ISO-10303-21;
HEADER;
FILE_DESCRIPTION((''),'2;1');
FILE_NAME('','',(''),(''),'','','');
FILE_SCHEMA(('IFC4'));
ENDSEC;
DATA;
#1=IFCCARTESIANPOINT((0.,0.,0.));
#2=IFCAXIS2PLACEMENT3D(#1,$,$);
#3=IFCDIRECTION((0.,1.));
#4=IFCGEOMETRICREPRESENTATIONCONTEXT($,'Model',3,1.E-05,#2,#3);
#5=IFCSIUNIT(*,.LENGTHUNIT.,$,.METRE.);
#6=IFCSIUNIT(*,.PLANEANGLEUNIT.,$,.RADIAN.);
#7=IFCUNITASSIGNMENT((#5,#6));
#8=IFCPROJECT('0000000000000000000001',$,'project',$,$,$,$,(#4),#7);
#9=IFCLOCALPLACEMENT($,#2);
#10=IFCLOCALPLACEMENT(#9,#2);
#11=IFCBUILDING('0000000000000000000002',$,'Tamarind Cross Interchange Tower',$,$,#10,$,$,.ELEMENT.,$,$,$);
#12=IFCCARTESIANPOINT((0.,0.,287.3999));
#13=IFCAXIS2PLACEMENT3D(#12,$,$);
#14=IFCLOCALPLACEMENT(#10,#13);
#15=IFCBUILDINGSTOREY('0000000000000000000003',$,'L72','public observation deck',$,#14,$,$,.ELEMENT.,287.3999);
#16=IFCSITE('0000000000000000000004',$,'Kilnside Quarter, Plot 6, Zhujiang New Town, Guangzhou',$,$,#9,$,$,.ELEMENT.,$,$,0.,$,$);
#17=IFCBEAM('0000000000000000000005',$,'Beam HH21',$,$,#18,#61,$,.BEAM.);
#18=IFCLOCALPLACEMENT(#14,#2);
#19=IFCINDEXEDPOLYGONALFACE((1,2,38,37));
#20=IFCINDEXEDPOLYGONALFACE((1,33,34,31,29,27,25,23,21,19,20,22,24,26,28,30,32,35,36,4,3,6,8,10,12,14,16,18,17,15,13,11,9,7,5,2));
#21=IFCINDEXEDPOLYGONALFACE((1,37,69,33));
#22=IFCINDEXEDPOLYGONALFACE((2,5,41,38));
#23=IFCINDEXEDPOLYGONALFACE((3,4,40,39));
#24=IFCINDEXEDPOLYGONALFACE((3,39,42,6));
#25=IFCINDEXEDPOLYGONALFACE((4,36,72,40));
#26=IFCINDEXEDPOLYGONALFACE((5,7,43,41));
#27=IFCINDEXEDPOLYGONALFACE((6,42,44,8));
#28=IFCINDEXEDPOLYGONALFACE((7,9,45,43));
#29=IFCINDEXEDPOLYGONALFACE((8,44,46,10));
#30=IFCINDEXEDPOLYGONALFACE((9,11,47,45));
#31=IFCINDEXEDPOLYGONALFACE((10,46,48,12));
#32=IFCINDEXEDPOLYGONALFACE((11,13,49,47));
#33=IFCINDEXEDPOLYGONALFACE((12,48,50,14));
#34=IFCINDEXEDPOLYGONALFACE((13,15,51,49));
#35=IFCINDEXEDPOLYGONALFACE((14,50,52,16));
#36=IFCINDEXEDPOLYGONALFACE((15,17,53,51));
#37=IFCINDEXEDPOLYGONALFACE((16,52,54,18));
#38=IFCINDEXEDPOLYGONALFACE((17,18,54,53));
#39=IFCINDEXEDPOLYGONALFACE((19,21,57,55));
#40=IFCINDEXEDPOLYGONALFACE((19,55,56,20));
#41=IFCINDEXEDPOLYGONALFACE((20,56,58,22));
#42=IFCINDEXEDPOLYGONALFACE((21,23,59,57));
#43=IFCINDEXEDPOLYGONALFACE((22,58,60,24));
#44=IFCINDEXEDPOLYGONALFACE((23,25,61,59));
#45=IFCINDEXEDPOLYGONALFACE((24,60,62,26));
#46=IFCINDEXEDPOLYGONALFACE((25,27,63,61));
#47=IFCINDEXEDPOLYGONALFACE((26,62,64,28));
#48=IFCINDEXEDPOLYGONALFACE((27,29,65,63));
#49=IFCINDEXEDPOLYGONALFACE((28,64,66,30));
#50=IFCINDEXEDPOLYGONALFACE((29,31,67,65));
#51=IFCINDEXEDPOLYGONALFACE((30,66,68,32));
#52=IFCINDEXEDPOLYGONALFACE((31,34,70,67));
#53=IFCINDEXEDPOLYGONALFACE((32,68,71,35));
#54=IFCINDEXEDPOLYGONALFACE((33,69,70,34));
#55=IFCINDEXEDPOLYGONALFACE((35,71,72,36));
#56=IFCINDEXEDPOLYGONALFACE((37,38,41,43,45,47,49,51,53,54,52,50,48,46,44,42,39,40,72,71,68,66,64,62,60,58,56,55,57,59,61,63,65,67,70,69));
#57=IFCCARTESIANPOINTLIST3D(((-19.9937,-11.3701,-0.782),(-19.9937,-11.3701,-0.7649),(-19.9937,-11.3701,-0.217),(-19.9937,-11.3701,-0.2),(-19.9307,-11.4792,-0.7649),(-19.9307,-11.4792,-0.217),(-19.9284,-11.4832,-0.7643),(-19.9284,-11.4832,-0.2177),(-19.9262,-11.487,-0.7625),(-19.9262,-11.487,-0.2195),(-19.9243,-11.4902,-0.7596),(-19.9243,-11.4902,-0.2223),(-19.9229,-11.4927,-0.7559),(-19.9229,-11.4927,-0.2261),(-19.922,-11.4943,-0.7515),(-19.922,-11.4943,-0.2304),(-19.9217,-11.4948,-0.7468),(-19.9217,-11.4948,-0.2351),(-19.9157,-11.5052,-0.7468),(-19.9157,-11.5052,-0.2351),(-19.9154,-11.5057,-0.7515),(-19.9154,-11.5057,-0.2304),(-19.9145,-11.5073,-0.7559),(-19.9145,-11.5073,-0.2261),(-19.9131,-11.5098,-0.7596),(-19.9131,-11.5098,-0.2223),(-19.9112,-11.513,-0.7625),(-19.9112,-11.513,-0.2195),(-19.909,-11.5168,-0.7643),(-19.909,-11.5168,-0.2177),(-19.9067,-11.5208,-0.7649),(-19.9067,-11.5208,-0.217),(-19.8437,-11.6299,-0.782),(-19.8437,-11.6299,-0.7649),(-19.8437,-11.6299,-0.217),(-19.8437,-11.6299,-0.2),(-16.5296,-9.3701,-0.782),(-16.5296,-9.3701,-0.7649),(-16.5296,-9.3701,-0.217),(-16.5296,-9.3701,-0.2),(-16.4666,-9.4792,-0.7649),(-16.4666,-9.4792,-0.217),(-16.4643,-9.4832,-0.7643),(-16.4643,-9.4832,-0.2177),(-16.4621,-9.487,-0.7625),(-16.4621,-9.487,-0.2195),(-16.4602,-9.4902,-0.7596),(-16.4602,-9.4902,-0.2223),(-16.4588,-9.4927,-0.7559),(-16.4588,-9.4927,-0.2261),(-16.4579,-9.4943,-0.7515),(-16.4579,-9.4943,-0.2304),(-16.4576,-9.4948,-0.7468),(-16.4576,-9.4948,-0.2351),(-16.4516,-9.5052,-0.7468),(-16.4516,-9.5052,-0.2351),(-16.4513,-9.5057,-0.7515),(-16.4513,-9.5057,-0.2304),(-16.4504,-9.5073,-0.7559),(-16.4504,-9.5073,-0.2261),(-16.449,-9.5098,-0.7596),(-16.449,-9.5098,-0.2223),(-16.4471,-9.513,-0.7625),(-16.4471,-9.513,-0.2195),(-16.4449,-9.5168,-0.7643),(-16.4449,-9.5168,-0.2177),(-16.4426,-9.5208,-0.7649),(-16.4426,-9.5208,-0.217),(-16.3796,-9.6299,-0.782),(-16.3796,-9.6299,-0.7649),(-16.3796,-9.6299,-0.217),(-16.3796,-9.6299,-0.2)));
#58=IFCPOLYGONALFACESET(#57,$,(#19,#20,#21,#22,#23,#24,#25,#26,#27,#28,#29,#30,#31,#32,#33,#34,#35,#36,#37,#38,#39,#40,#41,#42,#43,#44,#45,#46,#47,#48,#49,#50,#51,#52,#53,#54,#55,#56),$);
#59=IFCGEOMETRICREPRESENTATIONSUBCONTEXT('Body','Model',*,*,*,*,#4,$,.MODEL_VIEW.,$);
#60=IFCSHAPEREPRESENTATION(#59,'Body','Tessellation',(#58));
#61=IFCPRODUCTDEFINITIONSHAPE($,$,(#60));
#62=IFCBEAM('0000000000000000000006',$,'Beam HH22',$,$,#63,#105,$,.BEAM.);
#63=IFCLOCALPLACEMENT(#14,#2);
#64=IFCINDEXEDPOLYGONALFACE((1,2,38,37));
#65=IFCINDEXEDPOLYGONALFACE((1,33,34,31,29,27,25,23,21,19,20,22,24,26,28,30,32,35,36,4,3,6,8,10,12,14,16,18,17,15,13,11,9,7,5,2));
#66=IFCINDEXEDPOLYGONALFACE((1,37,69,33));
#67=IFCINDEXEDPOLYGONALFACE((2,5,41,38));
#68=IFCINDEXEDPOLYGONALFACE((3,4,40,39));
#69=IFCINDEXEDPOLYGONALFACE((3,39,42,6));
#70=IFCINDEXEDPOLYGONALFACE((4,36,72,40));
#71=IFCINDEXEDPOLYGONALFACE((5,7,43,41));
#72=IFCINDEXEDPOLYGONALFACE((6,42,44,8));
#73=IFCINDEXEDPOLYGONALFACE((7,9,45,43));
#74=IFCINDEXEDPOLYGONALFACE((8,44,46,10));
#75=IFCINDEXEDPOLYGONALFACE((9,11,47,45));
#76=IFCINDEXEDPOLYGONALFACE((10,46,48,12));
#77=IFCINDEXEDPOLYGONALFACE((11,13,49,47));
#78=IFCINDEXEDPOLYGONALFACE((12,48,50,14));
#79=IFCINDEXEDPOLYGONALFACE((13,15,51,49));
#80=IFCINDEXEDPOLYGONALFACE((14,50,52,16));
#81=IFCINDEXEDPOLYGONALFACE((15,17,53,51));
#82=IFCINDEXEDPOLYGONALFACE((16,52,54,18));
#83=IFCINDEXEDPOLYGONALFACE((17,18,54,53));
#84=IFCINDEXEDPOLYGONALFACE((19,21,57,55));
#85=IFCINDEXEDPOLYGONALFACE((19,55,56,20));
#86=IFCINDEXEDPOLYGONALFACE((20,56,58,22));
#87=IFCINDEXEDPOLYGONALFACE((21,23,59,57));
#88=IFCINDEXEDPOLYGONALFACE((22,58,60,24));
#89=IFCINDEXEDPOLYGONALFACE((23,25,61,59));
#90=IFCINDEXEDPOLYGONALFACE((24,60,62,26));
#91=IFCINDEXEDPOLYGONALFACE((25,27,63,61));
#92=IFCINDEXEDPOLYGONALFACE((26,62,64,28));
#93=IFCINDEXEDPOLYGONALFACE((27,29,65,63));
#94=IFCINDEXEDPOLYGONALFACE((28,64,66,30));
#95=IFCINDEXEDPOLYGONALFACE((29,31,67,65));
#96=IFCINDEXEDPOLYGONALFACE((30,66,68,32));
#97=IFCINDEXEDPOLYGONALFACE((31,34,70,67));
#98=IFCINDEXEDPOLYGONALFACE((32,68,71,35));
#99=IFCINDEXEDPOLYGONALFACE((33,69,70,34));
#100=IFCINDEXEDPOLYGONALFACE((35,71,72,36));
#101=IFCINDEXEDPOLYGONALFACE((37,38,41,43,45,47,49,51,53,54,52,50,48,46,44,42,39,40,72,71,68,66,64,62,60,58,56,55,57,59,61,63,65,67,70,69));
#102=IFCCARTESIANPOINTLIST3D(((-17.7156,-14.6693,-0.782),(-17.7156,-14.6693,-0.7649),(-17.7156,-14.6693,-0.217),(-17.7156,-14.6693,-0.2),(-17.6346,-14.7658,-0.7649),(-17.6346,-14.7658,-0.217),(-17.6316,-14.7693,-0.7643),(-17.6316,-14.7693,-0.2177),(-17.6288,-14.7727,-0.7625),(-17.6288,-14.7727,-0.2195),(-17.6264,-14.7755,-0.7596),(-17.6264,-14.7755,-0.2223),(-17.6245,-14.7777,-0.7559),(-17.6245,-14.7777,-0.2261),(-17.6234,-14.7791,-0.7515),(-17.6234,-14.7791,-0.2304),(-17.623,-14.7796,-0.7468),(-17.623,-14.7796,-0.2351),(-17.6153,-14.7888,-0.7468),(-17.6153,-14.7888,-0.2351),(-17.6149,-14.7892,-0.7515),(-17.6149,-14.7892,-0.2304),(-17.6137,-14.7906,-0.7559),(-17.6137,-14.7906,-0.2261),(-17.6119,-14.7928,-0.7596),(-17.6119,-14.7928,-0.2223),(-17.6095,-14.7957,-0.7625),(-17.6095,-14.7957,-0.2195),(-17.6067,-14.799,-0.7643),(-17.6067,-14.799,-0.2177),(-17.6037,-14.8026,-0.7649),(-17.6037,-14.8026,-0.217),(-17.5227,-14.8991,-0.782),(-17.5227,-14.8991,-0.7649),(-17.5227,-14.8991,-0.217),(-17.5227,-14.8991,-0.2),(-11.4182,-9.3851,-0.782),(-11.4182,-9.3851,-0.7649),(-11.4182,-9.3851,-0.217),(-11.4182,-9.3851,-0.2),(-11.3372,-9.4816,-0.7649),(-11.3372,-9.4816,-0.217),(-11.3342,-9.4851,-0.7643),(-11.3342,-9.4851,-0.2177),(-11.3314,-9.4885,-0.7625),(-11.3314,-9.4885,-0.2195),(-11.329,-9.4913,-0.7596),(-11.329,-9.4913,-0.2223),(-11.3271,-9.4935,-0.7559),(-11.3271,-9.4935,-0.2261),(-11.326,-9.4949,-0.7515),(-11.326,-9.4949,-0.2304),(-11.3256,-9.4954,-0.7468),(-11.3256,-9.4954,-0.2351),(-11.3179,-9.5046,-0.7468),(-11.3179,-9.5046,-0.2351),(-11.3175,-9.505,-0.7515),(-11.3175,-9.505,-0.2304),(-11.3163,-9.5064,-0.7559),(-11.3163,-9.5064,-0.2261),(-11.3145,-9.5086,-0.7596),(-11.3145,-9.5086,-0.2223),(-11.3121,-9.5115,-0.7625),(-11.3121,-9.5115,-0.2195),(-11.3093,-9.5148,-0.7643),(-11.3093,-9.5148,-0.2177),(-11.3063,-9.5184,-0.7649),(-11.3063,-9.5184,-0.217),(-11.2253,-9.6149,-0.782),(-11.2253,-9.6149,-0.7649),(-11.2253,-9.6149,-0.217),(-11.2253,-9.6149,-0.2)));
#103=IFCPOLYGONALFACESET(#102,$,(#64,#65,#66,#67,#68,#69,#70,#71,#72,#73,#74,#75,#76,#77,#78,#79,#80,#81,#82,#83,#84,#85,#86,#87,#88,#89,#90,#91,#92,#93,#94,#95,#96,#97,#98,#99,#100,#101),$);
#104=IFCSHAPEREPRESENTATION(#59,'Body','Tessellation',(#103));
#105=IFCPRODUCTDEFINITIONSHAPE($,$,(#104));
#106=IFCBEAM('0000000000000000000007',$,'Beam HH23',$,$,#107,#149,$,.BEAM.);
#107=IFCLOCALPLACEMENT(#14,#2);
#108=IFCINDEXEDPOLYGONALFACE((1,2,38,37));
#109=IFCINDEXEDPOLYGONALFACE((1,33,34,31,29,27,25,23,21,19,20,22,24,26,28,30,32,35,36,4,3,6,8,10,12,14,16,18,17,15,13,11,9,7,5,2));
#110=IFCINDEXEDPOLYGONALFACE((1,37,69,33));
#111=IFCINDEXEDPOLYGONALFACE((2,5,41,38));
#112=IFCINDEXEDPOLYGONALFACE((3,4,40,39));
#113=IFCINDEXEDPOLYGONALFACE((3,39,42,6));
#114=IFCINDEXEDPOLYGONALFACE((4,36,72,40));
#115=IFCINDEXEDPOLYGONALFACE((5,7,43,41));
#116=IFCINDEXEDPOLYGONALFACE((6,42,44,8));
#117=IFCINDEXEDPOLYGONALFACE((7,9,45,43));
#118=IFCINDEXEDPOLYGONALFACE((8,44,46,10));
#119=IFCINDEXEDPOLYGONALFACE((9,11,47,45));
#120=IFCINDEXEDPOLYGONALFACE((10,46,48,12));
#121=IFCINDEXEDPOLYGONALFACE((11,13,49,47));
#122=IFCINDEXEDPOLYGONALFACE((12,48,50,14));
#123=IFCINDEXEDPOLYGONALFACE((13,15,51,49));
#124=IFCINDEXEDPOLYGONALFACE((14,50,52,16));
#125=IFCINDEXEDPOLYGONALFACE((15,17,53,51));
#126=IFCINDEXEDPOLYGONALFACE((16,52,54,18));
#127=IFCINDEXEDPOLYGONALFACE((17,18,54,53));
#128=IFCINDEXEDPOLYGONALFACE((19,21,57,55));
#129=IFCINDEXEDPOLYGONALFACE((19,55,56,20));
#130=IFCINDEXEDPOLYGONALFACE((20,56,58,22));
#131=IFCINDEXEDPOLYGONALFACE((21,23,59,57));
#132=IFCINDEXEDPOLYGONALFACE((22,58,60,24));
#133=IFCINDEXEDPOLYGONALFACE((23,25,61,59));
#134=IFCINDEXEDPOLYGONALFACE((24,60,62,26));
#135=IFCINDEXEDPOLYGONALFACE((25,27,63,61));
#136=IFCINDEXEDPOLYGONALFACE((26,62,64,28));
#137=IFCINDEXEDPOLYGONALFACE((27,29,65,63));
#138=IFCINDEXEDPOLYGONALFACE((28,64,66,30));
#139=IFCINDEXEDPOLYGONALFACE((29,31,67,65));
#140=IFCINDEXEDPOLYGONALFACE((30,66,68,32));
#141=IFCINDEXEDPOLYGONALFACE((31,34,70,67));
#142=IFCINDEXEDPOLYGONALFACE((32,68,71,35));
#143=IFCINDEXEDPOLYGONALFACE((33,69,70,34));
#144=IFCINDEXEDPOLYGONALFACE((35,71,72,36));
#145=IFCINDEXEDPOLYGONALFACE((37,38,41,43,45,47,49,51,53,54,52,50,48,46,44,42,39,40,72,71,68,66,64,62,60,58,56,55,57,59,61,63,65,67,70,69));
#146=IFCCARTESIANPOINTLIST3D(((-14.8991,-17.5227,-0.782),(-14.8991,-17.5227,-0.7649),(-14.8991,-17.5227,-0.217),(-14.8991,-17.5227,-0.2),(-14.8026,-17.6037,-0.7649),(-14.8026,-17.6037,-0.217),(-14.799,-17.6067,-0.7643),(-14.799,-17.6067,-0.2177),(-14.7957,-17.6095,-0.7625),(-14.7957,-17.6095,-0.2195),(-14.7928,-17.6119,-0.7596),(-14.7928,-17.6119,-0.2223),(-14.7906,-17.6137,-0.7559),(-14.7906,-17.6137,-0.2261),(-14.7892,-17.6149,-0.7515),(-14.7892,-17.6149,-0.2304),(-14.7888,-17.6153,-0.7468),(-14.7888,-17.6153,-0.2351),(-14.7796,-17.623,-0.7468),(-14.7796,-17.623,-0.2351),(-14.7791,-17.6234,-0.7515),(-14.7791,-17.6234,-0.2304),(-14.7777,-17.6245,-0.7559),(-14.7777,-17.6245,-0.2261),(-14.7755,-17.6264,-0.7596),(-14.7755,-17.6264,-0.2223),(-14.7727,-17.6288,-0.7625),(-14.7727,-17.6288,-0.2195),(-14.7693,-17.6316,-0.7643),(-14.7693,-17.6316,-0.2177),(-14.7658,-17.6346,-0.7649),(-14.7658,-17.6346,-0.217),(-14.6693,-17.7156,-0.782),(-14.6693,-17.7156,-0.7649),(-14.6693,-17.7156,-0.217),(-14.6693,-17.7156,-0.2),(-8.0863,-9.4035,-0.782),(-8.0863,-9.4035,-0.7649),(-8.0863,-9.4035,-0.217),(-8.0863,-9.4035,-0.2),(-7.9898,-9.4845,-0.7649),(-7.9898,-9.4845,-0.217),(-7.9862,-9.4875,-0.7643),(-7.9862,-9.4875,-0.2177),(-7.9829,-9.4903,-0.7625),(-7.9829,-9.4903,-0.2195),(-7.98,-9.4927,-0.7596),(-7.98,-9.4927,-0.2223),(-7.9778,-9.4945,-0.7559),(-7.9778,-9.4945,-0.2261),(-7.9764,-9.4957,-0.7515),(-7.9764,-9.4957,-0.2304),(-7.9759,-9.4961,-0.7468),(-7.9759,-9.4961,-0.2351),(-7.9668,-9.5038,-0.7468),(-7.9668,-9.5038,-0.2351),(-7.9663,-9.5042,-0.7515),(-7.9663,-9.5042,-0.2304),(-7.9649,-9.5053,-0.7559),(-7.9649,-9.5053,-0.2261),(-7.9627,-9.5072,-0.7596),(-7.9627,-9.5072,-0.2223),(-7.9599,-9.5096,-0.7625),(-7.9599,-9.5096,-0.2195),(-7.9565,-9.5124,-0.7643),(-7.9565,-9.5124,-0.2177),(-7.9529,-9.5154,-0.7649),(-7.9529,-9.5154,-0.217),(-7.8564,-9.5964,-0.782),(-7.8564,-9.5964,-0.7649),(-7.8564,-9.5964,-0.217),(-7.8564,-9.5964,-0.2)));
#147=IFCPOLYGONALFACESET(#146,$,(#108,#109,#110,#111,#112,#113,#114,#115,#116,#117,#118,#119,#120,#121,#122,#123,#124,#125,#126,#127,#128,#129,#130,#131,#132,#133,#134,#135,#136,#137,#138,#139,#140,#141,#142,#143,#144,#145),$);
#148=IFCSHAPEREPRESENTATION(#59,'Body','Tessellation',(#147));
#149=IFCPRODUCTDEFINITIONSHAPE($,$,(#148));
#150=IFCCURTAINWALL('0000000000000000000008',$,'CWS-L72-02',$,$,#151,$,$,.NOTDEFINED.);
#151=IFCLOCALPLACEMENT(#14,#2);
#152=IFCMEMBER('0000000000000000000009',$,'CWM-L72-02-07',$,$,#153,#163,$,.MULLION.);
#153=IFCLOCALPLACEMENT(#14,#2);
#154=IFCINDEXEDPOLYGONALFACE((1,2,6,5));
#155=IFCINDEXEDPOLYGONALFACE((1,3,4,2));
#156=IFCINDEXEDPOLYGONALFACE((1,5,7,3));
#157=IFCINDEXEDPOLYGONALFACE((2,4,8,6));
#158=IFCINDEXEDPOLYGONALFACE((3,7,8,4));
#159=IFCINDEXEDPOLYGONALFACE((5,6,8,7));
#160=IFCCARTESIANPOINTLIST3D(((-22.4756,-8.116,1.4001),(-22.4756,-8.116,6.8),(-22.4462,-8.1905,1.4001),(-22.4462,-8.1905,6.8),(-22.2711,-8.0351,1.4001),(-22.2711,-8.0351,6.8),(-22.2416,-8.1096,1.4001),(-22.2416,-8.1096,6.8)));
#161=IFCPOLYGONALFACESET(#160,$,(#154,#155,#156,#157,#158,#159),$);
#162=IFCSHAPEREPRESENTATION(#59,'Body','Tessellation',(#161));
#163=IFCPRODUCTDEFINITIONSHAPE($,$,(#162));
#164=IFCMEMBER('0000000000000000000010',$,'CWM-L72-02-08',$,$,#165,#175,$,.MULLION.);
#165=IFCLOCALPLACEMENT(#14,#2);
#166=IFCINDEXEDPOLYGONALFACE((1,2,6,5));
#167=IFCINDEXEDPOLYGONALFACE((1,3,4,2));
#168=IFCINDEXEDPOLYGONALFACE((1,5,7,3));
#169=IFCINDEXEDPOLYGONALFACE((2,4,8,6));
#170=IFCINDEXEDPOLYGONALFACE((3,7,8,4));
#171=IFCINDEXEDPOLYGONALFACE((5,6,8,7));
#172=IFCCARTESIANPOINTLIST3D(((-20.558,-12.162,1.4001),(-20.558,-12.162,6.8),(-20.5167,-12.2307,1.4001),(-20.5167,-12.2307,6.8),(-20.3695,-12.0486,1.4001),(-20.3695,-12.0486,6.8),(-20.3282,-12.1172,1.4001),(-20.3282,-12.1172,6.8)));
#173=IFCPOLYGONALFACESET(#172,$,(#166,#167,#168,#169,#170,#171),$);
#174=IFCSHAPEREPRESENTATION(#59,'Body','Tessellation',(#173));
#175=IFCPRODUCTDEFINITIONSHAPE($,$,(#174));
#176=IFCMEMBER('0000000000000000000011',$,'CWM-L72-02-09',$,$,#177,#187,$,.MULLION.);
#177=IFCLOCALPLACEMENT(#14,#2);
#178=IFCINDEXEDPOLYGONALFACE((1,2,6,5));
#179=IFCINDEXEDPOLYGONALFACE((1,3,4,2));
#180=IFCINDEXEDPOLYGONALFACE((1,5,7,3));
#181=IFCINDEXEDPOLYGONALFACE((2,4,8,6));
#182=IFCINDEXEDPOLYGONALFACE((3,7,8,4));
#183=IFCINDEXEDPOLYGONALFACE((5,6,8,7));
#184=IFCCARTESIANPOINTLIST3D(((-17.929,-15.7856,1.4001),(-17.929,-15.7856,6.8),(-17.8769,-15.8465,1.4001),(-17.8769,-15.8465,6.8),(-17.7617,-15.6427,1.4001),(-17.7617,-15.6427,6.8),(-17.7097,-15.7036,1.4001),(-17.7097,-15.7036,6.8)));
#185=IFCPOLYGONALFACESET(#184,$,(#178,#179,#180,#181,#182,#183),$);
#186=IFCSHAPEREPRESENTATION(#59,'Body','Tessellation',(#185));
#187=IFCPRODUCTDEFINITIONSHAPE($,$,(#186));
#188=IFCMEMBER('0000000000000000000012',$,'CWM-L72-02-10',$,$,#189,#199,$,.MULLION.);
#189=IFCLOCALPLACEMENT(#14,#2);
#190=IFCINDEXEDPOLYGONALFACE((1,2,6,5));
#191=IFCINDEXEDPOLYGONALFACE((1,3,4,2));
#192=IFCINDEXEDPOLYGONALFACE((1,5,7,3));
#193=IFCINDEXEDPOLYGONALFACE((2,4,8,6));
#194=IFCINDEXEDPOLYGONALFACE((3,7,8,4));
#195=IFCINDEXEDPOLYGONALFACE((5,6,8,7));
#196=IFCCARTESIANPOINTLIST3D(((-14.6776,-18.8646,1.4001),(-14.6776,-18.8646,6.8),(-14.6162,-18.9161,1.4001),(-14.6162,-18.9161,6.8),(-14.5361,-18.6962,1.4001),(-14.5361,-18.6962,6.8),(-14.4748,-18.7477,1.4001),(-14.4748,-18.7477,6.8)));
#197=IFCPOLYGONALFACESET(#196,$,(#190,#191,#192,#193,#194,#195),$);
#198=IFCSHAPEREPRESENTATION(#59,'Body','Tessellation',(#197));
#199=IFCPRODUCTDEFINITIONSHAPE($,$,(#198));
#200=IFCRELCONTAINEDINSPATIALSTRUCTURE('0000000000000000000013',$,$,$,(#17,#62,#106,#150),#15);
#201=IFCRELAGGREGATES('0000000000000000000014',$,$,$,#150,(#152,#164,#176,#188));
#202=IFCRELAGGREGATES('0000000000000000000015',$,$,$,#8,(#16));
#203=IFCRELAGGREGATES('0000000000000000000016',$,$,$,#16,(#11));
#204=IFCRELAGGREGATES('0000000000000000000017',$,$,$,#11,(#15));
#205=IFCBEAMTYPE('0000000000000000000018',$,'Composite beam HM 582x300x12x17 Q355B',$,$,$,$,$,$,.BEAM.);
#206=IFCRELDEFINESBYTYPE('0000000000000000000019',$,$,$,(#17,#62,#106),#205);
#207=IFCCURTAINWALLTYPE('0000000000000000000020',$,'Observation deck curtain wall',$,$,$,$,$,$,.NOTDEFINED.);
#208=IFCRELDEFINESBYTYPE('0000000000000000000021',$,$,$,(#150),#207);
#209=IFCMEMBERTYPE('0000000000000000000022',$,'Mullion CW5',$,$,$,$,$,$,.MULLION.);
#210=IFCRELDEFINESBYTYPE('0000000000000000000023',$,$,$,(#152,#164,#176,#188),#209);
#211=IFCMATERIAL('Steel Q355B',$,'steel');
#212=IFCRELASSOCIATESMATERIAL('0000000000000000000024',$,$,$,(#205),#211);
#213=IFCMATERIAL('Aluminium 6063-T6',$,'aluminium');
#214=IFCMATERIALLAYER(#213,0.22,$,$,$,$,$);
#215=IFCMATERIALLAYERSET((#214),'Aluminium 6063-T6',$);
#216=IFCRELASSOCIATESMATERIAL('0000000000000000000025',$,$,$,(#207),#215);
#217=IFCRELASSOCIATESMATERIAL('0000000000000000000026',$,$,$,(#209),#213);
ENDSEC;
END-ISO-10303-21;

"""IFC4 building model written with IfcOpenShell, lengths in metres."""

from ifc_helpers import new_model, si_unit, direction, frame, origin, origin_2d, place, context, subcontext, project, spatial, rectangle, i_section, extrude, material, layer, layer_set, material_profile, profile_set, type_object, element, aggregate, save


model = new_model("IFC4")

# Units and contexts
model_context = context("Model", 3, precision=1e-05, world=origin(), true_north=direction((0.0, 1.0)))
body_context = subcontext(model_context, "Body", "Model", "MODEL_VIEW")
ifc_project = project(units=[si_unit("LENGTHUNIT", "METRE"), si_unit("PLANEANGLEUNIT", "RADIAN")], contexts=[model_context])

# Site, building, storey
site_placement = place(None, origin())
site = spatial("IfcSite", under=ifc_project, at=site_placement, Name="Kilnside Quarter, Plot 6, Zhujiang New Town, Guangzhou", CompositionType="ELEMENT", RefElevation=0.0)
building_placement = place(site_placement, origin())
building = spatial("IfcBuilding", under=site, at=building_placement, Name="Tamarind Cross Interchange Tower", CompositionType="ELEMENT")
storey_placement = place(building_placement, frame((0.0, 0.0, 287.3999)))
storey = spatial("IfcBuildingStorey", under=building, at=storey_placement, Name="L72", Description="public observation deck", CompositionType="ELEMENT", Elevation=287.3999)

# Beams
ifc_material_1 = material(Name="Steel Q355B", Category="steel")
ifc_material_profile_1 = material_profile(ifc_material_1, i_section(OverallWidth=0.3, OverallDepth=0.582, WebThickness=0.012, FlangeThickness=0.0171, FilletRadius=0.0181, at=origin_2d()), Name="HM 582x300x12x17")
ifc_profile_set_1 = profile_set([ifc_material_profile_1], Name="Steel Q355B")
beam_type = type_object("IfcBeamType", Name="Composite beam HM 582x300x12x17 Q355B", PredefinedType="BEAM", material=ifc_profile_set_1)
beam_1_placement = place(storey_placement, frame((-19.9187, -11.5, -0.491), z_axis=(0.866026, 0.499999, 0.0), x_axis=(-0.499999, 0.866026, 0.0)))
element("IfcBeam", 1, at=beam_1_placement, inside=storey, type_object=beam_type, Name="Beam HH21", PredefinedType="BEAM", context=body_context, shape_type="SweptSolid", body=[
    extrude(i_section(OverallWidth=0.3, OverallDepth=0.582, WebThickness=0.012, FlangeThickness=0.0171, FilletRadius=0.0181, at=origin_2d()), origin(), (0.0, 0.0, 1.0), 4.0),
])
beam_2_placement = place(storey_placement, frame((-17.6191, -14.7842, -0.491), z_axis=(0.766041, 0.642792, 0.0), x_axis=(-0.642792, 0.766041, 0.0)))
element("IfcBeam", 2, at=beam_2_placement, inside=storey, type_object=beam_type, Name="Beam HH22", PredefinedType="BEAM", context=body_context, shape_type="SweptSolid", body=[
    extrude(i_section(OverallWidth=0.3, OverallDepth=0.582, WebThickness=0.012, FlangeThickness=0.0171, FilletRadius=0.0181, at=origin_2d()), origin(), (0.0, 0.0, 1.0), 8.2207),
])
beam_3_placement = place(storey_placement, frame((-14.7842, -17.6191, -0.491), z_axis=(0.642786, 0.766046, 0.0), x_axis=(-0.766046, 0.642786, 0.0)))
element("IfcBeam", 3, at=beam_3_placement, inside=storey, type_object=beam_type, Name="Beam HH23", PredefinedType="BEAM", context=body_context, shape_type="SweptSolid", body=[
    extrude(i_section(OverallWidth=0.3, OverallDepth=0.582, WebThickness=0.012, FlangeThickness=0.0171, FilletRadius=0.0181, at=origin_2d()), origin(), (0.0, 0.0, 1.0), 10.5989),
])

# Curtain wall, members
ifc_material_2 = material(Name="Aluminium 6063-T6", Category="aluminium")
ifc_layer_1 = layer(ifc_material_2, 0.22)
ifc_layer_set_1 = layer_set([ifc_layer_1], Name="Aluminium 6063-T6")
curtain_wall_type = type_object("IfcCurtainWallType", Name="Observation deck curtain wall", PredefinedType="NOTDEFINED", material=ifc_layer_set_1)
curtain_wall_placement = place(storey_placement, origin())
curtain_wall = element("IfcCurtainWall", 4, at=curtain_wall_placement, inside=storey, type_object=curtain_wall_type, Name="CWS-L72-02", PredefinedType="NOTDEFINED")
ifc_material_profile_2 = material_profile(ifc_material_2, rectangle(XDim=0.0801, YDim=0.22, at=origin_2d()), Name="Mullion CW5")
ifc_profile_set_2 = profile_set([ifc_material_profile_2], Name="Aluminium 6063-T6")
member_type = type_object("IfcMemberType", Name="Mullion CW5", PredefinedType="MULLION", material=ifc_profile_set_2)
member_1_placement = place(storey_placement, frame((-22.3586, -8.1128, 1.4001), z_axis=(0.0, 0.0, 1.0), x_axis=(0.367514, -0.930018, 0.0)))
member_1 = element("IfcMember", 5, at=member_1_placement, type_object=member_type, Name="CWM-L72-02-07", PredefinedType="MULLION", context=body_context, shape_type="SweptSolid", body=[
    extrude(rectangle(XDim=0.0801, YDim=0.22, at=origin_2d()), origin(), (0.0, 0.0, 1.0), 5.3999),
])
member_2_placement = place(storey_placement, frame((-20.4431, -12.1396, 1.4001), z_axis=(0.0, 0.0, 1.0), x_axis=(0.515577, -0.856843, 0.0)))
member_2 = element("IfcMember", 6, at=member_2_placement, type_object=member_type, Name="CWM-L72-02-08", PredefinedType="MULLION", context=body_context, shape_type="SweptSolid", body=[
    extrude(rectangle(XDim=0.0801, YDim=0.22, at=origin_2d()), origin(), (0.0, 0.0, 1.0), 5.3999),
])
member_3_placement = place(storey_placement, frame((-17.8193, -15.7446, 1.4001), z_axis=(0.0, 0.0, 1.0), x_axis=(0.649577, -0.760296, 0.0)))
member_3 = element("IfcMember", 7, at=member_3_placement, type_object=member_type, Name="CWM-L72-02-09", PredefinedType="MULLION", context=body_context, shape_type="SweptSolid", body=[
    extrude(rectangle(XDim=0.0801, YDim=0.22, at=origin_2d()), origin(), (0.0, 0.0, 1.0), 5.3999),
])
member_4_placement = place(storey_placement, frame((-14.5762, -18.8062, 1.4001), z_axis=(0.0, 0.0, 1.0), x_axis=(0.765858, -0.643009, 0.0)))
member_4 = element("IfcMember", 8, at=member_4_placement, type_object=member_type, Name="CWM-L72-02-10", PredefinedType="MULLION", context=body_context, shape_type="SweptSolid", body=[
    extrude(rectangle(XDim=0.0801, YDim=0.22, at=origin_2d()), origin(), (0.0, 0.0, 1.0), 5.3999),
])
aggregate(curtain_wall, [member_1, member_2, member_3, member_4])

save(model, "model.ifc")
